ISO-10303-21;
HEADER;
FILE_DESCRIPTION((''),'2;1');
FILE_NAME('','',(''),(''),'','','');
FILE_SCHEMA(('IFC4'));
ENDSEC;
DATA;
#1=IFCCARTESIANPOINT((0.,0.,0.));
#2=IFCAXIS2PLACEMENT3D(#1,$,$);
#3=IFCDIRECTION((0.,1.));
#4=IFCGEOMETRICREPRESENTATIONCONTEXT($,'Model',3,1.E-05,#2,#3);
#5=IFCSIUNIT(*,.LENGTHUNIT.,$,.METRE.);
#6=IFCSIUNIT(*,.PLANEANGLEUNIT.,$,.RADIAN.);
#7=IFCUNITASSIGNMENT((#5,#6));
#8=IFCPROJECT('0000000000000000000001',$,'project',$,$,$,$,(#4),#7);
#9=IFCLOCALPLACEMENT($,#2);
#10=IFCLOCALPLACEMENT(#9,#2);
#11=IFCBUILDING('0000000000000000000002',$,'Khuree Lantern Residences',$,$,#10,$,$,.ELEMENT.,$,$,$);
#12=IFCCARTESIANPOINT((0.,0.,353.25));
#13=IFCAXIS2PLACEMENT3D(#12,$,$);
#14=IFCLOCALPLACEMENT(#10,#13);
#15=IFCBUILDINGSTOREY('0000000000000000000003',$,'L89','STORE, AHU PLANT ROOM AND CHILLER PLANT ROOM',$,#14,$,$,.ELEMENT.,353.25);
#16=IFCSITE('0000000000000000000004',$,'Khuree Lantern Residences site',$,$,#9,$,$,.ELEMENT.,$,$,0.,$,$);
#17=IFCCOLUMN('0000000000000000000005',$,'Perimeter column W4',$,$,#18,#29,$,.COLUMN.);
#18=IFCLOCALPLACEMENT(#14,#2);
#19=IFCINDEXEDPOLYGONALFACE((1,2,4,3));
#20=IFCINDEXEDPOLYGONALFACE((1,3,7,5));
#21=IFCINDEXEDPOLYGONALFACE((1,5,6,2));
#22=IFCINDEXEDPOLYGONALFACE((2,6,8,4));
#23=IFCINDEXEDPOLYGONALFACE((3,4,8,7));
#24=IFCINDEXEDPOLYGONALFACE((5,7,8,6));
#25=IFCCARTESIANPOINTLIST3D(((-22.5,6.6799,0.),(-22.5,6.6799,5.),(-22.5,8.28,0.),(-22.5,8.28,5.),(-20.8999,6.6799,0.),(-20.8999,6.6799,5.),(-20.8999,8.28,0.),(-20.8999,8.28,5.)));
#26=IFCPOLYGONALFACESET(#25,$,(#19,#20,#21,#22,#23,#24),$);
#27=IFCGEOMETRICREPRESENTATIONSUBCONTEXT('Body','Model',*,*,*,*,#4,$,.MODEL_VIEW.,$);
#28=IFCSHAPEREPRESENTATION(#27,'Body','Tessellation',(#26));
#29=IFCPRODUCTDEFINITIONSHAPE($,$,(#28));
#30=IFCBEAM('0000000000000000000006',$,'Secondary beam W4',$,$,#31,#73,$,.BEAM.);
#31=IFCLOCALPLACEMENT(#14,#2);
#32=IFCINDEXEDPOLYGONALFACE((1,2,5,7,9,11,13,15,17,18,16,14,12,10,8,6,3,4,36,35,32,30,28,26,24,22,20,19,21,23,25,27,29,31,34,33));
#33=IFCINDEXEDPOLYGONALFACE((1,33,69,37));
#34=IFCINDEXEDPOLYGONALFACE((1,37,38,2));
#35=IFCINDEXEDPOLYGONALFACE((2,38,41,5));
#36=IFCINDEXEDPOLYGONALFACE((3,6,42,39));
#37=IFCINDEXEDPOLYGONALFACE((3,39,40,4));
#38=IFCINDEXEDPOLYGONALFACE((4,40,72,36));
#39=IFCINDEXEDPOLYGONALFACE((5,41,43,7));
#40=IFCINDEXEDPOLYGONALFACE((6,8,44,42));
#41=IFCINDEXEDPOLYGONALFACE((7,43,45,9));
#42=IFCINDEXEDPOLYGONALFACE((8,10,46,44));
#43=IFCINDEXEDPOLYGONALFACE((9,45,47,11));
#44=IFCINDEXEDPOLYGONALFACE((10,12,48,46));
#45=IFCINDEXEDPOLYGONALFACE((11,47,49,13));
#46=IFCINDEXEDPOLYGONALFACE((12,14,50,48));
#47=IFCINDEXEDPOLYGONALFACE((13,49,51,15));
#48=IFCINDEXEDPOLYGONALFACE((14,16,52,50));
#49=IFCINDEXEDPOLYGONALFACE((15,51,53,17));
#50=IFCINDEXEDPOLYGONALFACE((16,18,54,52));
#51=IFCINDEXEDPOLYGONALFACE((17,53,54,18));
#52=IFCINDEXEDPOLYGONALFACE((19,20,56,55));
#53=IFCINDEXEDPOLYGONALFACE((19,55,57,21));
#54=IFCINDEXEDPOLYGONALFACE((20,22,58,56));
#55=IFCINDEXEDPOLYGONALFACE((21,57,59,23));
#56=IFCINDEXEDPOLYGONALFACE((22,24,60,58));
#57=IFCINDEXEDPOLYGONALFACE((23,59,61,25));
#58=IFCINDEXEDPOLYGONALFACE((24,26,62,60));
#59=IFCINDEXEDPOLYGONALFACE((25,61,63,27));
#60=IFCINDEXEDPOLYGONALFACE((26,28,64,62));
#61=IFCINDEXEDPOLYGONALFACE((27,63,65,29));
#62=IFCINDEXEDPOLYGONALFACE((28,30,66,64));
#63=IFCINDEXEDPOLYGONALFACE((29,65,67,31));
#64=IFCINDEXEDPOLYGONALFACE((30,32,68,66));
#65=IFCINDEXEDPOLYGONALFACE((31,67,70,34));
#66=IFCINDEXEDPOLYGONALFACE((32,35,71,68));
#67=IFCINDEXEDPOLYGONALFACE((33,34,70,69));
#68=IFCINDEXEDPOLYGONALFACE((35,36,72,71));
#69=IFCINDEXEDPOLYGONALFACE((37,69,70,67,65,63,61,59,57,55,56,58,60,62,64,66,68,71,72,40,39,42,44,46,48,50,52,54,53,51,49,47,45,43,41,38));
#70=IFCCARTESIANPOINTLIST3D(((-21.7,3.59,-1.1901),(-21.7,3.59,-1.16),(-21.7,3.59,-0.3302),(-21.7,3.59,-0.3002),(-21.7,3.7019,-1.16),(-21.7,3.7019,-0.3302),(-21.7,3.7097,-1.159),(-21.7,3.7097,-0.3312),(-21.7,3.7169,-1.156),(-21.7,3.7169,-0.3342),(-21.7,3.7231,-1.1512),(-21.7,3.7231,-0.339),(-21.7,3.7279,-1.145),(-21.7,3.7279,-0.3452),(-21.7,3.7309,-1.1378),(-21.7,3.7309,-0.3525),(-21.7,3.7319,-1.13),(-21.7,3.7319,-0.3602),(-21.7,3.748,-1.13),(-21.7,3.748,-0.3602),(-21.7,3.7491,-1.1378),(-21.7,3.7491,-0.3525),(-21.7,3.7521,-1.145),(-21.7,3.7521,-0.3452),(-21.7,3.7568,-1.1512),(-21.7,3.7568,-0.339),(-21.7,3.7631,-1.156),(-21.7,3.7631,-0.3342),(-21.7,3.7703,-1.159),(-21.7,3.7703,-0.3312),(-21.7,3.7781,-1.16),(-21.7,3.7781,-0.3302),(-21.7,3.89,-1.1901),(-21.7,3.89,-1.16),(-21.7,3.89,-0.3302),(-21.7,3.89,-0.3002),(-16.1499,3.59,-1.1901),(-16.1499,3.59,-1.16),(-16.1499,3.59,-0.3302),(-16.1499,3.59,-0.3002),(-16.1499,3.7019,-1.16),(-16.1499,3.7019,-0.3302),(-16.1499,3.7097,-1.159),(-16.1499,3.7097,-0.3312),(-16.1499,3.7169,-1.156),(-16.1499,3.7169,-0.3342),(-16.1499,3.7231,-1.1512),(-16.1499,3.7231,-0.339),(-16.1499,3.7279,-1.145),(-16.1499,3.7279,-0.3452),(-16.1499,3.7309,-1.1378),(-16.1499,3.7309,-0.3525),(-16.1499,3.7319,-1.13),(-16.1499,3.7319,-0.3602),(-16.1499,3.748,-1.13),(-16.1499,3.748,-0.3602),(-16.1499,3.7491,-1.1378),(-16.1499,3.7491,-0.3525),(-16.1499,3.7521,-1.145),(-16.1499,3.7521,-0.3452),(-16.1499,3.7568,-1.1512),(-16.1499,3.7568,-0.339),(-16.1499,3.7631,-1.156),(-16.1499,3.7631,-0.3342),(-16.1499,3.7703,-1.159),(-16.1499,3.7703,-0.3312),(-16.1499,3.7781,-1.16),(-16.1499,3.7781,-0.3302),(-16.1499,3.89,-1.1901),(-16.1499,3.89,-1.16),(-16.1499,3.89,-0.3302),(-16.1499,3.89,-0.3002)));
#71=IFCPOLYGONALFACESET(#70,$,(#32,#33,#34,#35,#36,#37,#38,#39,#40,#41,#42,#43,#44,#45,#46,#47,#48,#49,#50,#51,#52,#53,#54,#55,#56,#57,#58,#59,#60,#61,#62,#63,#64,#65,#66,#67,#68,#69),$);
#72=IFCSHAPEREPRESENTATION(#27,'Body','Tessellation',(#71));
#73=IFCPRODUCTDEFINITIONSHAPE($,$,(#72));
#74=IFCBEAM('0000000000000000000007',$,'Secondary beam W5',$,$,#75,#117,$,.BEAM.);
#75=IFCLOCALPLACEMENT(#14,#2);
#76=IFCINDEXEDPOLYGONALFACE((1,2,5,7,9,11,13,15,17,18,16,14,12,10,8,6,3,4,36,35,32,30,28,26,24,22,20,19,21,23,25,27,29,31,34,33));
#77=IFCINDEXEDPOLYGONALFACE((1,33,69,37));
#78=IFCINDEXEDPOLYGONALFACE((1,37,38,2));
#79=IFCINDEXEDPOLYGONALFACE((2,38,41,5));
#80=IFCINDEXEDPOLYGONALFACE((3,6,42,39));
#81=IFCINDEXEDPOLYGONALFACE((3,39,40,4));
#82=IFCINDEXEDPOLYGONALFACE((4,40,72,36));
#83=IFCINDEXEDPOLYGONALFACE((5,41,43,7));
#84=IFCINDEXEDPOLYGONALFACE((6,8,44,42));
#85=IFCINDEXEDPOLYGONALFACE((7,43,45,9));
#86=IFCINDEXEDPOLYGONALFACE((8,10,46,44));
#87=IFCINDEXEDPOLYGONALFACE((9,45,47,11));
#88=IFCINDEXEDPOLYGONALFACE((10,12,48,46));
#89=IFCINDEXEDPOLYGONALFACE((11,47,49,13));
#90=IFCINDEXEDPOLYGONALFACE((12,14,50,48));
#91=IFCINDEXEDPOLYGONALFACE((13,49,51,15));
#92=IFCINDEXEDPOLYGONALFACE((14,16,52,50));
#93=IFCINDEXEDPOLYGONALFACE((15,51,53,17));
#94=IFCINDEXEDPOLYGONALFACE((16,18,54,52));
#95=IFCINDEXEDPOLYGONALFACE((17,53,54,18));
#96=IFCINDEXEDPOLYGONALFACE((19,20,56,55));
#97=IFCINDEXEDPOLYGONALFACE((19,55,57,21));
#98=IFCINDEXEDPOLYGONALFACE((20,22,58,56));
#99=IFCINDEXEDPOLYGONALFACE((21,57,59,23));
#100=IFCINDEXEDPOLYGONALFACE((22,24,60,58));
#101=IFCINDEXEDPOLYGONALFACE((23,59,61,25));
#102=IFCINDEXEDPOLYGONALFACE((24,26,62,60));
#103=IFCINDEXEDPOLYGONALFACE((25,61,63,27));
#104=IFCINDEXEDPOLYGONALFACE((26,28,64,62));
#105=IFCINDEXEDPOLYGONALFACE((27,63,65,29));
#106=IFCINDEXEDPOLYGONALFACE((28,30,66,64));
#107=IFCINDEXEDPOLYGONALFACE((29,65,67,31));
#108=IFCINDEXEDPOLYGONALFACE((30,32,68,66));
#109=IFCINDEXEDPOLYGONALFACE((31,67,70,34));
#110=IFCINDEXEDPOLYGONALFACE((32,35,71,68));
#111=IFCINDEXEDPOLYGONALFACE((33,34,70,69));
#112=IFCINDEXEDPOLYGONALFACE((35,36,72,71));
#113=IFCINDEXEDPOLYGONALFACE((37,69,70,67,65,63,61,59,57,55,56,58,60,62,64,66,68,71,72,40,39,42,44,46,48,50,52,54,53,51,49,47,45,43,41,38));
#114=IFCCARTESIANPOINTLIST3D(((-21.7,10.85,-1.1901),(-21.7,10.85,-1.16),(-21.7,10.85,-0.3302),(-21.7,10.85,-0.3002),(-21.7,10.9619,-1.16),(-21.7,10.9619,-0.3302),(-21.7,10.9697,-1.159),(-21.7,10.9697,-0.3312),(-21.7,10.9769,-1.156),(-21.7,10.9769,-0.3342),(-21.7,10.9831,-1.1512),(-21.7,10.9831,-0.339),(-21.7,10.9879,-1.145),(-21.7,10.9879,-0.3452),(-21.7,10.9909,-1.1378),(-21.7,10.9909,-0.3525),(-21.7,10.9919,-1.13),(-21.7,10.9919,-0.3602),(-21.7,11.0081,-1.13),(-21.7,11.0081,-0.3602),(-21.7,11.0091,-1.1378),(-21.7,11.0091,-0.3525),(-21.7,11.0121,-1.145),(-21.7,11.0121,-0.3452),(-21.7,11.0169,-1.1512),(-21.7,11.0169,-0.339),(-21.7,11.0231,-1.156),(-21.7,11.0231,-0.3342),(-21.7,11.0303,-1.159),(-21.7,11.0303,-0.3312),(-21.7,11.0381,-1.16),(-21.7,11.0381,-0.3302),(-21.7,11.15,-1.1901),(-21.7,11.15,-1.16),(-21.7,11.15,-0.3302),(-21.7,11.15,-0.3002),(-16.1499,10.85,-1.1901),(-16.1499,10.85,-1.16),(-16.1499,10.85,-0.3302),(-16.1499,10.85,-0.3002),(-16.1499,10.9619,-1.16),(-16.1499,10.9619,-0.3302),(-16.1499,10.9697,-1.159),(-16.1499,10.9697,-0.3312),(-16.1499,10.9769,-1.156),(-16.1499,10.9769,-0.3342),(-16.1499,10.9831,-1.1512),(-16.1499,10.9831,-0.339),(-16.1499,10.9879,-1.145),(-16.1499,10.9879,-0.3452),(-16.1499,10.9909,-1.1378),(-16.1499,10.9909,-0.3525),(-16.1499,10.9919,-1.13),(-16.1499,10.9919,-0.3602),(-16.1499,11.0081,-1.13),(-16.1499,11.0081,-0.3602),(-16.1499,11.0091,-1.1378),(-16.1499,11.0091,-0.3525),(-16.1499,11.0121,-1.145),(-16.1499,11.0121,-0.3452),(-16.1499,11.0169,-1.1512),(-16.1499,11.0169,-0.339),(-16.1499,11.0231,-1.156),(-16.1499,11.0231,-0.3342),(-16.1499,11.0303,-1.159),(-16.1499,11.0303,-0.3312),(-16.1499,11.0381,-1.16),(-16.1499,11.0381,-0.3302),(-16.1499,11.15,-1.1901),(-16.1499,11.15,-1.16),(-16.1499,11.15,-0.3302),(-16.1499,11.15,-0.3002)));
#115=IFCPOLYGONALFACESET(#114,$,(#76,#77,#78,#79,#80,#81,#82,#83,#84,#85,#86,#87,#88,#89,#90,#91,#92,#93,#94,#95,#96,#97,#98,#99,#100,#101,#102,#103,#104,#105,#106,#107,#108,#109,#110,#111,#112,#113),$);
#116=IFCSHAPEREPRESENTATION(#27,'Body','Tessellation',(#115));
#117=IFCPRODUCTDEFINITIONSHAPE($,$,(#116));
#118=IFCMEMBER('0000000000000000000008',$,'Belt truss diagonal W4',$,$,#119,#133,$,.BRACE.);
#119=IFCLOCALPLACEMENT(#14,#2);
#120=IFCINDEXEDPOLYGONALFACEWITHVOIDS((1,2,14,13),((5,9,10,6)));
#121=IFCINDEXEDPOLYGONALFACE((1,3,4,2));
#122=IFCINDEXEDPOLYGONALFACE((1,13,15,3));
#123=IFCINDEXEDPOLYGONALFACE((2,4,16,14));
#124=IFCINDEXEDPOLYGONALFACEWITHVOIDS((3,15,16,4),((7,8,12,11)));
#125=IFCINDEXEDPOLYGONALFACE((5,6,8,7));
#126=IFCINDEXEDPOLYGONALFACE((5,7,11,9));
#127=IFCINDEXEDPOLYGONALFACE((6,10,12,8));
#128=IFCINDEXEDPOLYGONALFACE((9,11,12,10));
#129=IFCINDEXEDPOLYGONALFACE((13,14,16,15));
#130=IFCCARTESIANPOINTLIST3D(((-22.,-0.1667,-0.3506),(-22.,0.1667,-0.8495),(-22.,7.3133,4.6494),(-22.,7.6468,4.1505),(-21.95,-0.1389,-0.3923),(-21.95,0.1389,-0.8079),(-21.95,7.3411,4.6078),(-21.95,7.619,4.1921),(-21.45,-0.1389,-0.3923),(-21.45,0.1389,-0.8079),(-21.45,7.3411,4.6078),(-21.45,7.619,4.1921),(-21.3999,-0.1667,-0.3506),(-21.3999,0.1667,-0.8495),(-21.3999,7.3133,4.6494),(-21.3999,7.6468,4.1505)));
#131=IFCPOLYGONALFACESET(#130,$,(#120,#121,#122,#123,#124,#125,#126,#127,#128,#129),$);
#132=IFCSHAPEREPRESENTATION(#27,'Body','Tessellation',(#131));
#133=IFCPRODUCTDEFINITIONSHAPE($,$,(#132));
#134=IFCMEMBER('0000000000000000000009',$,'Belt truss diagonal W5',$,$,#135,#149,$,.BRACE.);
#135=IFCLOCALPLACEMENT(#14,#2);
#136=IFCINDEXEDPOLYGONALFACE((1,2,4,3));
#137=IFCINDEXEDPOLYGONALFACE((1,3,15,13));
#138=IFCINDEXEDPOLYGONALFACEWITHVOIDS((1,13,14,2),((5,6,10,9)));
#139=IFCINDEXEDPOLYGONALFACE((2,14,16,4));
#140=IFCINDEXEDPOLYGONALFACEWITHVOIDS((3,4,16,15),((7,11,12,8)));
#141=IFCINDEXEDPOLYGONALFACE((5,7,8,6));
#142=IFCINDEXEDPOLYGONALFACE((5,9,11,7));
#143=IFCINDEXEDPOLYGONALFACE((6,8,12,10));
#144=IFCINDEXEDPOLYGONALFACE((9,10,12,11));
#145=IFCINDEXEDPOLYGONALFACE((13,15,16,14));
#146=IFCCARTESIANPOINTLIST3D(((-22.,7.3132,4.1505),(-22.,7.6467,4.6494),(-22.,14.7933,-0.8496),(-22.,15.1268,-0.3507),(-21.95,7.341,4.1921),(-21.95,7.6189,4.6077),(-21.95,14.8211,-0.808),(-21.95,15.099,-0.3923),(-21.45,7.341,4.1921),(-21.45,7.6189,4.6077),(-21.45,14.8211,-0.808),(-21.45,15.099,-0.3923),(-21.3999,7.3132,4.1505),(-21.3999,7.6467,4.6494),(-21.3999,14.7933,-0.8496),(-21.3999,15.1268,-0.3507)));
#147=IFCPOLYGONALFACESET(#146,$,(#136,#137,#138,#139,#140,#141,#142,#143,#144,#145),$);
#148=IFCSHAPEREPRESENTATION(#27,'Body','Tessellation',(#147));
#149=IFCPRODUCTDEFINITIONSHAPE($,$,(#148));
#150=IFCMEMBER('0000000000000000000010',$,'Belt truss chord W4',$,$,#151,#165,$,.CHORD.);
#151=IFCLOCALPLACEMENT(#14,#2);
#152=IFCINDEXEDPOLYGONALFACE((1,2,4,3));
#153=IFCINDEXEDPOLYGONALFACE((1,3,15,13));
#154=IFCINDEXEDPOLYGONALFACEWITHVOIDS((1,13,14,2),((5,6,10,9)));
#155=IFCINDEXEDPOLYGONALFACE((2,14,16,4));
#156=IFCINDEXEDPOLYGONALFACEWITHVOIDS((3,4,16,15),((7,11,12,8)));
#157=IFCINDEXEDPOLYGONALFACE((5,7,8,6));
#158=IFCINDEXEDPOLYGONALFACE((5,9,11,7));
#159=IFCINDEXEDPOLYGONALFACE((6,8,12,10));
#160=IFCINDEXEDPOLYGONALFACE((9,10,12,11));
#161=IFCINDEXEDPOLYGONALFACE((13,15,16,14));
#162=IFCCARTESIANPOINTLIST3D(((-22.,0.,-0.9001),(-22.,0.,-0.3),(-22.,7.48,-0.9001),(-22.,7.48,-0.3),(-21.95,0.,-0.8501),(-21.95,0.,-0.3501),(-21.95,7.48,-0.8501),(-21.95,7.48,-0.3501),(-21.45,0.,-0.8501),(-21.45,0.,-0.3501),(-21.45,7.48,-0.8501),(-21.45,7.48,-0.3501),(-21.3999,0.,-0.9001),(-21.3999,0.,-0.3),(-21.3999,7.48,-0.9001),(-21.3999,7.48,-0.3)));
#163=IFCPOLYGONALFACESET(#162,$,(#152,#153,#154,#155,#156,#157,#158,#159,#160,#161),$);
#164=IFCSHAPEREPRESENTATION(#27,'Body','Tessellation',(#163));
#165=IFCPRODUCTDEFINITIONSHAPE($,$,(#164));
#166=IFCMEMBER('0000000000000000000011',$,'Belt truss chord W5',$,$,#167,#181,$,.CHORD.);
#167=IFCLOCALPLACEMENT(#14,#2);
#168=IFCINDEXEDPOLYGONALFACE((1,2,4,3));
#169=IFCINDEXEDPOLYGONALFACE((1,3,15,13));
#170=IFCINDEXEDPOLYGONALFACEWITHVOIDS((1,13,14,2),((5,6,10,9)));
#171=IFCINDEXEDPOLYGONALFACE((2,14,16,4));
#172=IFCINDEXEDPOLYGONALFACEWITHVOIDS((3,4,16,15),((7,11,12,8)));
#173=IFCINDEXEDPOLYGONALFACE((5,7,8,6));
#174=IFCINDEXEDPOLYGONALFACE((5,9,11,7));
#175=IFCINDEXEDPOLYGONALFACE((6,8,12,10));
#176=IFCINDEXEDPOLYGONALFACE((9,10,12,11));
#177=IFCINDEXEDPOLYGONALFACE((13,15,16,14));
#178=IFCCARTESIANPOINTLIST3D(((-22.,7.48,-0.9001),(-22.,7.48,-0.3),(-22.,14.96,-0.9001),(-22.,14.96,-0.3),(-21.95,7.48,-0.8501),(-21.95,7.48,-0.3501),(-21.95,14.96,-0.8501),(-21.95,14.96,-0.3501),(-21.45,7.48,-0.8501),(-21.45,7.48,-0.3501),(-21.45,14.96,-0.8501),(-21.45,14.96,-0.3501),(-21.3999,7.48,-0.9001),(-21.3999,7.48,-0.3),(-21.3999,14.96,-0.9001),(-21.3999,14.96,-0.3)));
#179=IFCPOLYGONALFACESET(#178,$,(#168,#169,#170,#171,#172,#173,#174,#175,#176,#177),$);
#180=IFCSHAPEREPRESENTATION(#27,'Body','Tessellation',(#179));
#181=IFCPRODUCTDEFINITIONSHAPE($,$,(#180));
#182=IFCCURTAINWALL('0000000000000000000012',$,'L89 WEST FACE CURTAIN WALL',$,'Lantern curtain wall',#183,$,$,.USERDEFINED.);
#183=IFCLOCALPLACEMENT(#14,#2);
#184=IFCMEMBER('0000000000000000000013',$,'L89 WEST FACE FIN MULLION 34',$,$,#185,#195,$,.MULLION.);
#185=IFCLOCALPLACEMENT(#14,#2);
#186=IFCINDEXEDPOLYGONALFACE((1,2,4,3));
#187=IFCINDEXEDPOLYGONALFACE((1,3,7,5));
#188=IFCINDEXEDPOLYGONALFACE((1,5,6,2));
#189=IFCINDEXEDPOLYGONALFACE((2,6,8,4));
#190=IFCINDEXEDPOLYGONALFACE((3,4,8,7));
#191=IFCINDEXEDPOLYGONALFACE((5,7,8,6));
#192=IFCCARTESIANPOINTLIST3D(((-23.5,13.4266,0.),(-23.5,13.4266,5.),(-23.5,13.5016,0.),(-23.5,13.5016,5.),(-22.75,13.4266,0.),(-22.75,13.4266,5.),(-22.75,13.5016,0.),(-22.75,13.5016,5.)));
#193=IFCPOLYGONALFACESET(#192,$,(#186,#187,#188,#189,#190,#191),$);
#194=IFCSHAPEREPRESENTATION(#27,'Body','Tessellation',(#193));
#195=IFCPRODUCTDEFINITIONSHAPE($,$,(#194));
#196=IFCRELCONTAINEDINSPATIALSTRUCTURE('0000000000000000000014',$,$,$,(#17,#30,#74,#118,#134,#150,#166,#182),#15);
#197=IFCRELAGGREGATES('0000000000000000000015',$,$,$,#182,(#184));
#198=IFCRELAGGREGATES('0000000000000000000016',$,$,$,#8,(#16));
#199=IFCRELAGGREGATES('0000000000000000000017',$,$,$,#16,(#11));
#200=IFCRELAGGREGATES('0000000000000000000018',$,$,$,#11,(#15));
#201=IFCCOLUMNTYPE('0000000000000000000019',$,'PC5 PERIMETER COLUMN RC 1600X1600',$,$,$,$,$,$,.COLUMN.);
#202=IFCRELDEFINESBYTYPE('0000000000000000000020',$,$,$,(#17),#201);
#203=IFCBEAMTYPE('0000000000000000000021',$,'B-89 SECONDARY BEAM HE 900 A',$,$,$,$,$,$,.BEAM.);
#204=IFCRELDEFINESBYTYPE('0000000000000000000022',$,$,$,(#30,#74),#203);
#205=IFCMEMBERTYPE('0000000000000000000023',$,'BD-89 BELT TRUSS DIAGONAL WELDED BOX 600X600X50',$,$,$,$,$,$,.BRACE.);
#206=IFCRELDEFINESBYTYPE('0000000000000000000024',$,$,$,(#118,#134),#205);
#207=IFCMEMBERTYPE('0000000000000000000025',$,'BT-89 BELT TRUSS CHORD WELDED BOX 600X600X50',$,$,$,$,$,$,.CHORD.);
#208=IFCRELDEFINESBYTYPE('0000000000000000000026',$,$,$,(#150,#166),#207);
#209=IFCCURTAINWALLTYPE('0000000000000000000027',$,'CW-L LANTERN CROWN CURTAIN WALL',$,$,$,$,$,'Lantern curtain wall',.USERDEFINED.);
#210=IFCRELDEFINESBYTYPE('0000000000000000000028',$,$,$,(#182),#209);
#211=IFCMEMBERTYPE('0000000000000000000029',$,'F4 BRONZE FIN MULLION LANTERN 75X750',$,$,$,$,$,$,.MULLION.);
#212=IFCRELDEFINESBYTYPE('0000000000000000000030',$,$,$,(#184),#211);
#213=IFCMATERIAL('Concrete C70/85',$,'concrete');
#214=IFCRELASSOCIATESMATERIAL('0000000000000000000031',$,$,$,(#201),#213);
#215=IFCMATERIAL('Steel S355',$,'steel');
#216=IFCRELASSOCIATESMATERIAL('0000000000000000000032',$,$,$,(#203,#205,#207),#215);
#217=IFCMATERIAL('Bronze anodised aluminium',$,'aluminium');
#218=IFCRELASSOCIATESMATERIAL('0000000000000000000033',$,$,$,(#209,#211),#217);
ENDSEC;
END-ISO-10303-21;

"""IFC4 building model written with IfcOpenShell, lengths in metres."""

from ifc_helpers import new_model, si_unit, direction, frame, origin, origin_2d, place, context, subcontext, project, spatial, rectangle, hollow_rectangle, i_section, extrude, material, material_profile, profile_set, type_object, element, aggregate, save


model = new_model("IFC4")

# Units and contexts
model_context = context("Model", 3, precision=1e-05, world=origin(), true_north=direction((0.0, 1.0)))
body_context = subcontext(model_context, "Body", "Model", "MODEL_VIEW")
ifc_project = project(units=[si_unit("LENGTHUNIT", "METRE"), si_unit("PLANEANGLEUNIT", "RADIAN")], contexts=[model_context])

# Site, building, storey
site_placement = place(None, origin())
site = spatial("IfcSite", under=ifc_project, at=site_placement, Name="Khuree Lantern Residences site", CompositionType="ELEMENT", RefElevation=0.0)
building_placement = place(site_placement, origin())
building = spatial("IfcBuilding", under=site, at=building_placement, Name="Khuree Lantern Residences", CompositionType="ELEMENT")
storey_placement = place(building_placement, frame((0.0, 0.0, 353.25)))
storey = spatial("IfcBuildingStorey", under=building, at=storey_placement, Name="L89", Description="STORE, AHU PLANT ROOM AND CHILLER PLANT ROOM", CompositionType="ELEMENT", Elevation=353.25)

# Column
ifc_material_1 = material(Name="Concrete C70/85", Category="concrete")
ifc_material_profile_1 = material_profile(ifc_material_1, rectangle(XDim=1.6001, YDim=1.6001, at=origin_2d()), Name="RC 1600X1600")
ifc_profile_set_1 = profile_set([ifc_material_profile_1], Name="Concrete C70/85")
column_type = type_object("IfcColumnType", Name="PC5 PERIMETER COLUMN RC 1600X1600", PredefinedType="COLUMN", material=ifc_profile_set_1)
column_placement = place(storey_placement, frame((-21.7, 7.48, 0.0), z_axis=(0.0, 0.0, 1.0), x_axis=(0.0, 1.0, 0.0)))
element("IfcColumn", 1, at=column_placement, inside=storey, type_object=column_type, Name="Perimeter column W4", PredefinedType="COLUMN", context=body_context, shape_type="SweptSolid", body=[
    extrude(rectangle(XDim=1.6001, YDim=1.6001, at=origin_2d()), origin(), (0.0, 0.0, 1.0), 5.0),
])

# Beams
ifc_material_2 = material(Name="Steel S355", Category="steel")
ifc_material_profile_2 = material_profile(ifc_material_2, i_section(OverallWidth=0.3, OverallDepth=0.8899, WebThickness=0.0161, FlangeThickness=0.03, FilletRadius=0.03, at=origin_2d()), Name="HE 900 A")
ifc_profile_set_2 = profile_set([ifc_material_profile_2], Name="Steel S355")
beam_type = type_object("IfcBeamType", Name="B-89 SECONDARY BEAM HE 900 A", PredefinedType="BEAM", material=ifc_profile_set_2)
for number, where, z_axis, x_axis, name in (
    (2, (-21.7, 3.74, -0.7451), (1.0, 0.0, 0.0), (0.0, 1.0, 0.0), "Secondary beam W4"),
    (3, (-21.7, 11.0, -0.7451), (1.0, 0.0, 0.0), (0.0, 1.0, 0.0), "Secondary beam W5"),
):
    element("IfcBeam", number, at=place(storey_placement, frame(where, z_axis=z_axis, x_axis=x_axis)), inside=storey, type_object=beam_type, Name=name, PredefinedType="BEAM", context=body_context, shape_type="SweptSolid", body=[
        extrude(i_section(OverallWidth=0.3, OverallDepth=0.8899, WebThickness=0.0161, FlangeThickness=0.03, FilletRadius=0.03, at=origin_2d()), origin(), (0.0, 0.0, 1.0), 5.55),
    ])

# Members
ifc_material_profile_3 = material_profile(ifc_material_2, hollow_rectangle(XDim=0.6001, YDim=0.6001, WallThickness=0.05, at=origin_2d()), Name="WELDED BOX 600X600X50")
ifc_profile_set_3 = profile_set([ifc_material_profile_3], Name="Steel S355")
member_type_1 = type_object("IfcMemberType", Name="BD-89 BELT TRUSS DIAGONAL WELDED BOX 600X600X50", PredefinedType="BRACE", material=ifc_profile_set_3)
for number, where, z_axis, x_axis, name in (
    (4, (-21.7, 0.0, -0.6001), (0.0, 0.831365, 0.555727), (-1.0, 0.0, 0.0), "Belt truss diagonal W4"),
    (5, (-21.7, 7.48, 4.3999), (0.0, 0.831365, -0.555727), (-1.0, 0.0, 0.0), "Belt truss diagonal W5"),
):
    element("IfcMember", number, at=place(storey_placement, frame(where, z_axis=z_axis, x_axis=x_axis)), inside=storey, type_object=member_type_1, Name=name, PredefinedType="BRACE", context=body_context, shape_type="SweptSolid", body=[
        extrude(hollow_rectangle(XDim=0.6001, YDim=0.6001, WallThickness=0.05, at=origin_2d()), origin(), (0.0, 0.0, 1.0), 8.9973),
    ])
ifc_material_profile_4 = material_profile(ifc_material_2, hollow_rectangle(XDim=0.6001, YDim=0.6001, WallThickness=0.05, at=origin_2d()), Name="WELDED BOX 600X600X50")
ifc_profile_set_4 = profile_set([ifc_material_profile_4], Name="Steel S355")
member_type_2 = type_object("IfcMemberType", Name="BT-89 BELT TRUSS CHORD WELDED BOX 600X600X50", PredefinedType="CHORD", material=ifc_profile_set_4)
for number, where, z_axis, x_axis, name in (
    (6, (-21.7, 0.0, -0.6001), (0.0, 1.0, 0.0), (-1.0, 0.0, 0.0), "Belt truss chord W4"),
    (7, (-21.7, 7.48, -0.6001), (0.0, 1.0, 0.0), (-1.0, 0.0, 0.0), "Belt truss chord W5"),
):
    element("IfcMember", number, at=place(storey_placement, frame(where, z_axis=z_axis, x_axis=x_axis)), inside=storey, type_object=member_type_2, Name=name, PredefinedType="CHORD", context=body_context, shape_type="SweptSolid", body=[
        extrude(hollow_rectangle(XDim=0.6001, YDim=0.6001, WallThickness=0.05, at=origin_2d()), origin(), (0.0, 0.0, 1.0), 7.48),
    ])

# Curtain wall, member
ifc_material_3 = material(Name="Bronze anodised aluminium", Category="aluminium")
curtain_wall_type = type_object("IfcCurtainWallType", Name="CW-L LANTERN CROWN CURTAIN WALL", ElementType="Lantern curtain wall", PredefinedType="USERDEFINED", material=ifc_material_3)
curtain_wall_placement = place(storey_placement, origin())
curtain_wall = element("IfcCurtainWall", 8, at=curtain_wall_placement, inside=storey, type_object=curtain_wall_type, Name="L89 WEST FACE CURTAIN WALL", ObjectType="Lantern curtain wall", PredefinedType="USERDEFINED")
ifc_material_profile_5 = material_profile(ifc_material_3, rectangle(XDim=0.075, YDim=0.75, at=origin_2d()), Name="F4 75X750")
ifc_profile_set_5 = profile_set([ifc_material_profile_5], Name="Bronze anodised aluminium")
member_type_3 = type_object("IfcMemberType", Name="F4 BRONZE FIN MULLION LANTERN 75X750", PredefinedType="MULLION", material=ifc_profile_set_5)
member_1_placement = place(storey_placement, frame((-23.125, 13.4641, 0.0), z_axis=(0.0, 0.0, 1.0), x_axis=(0.0, -1.0, 0.0)))
member_1 = element("IfcMember", 9, at=member_1_placement, type_object=member_type_3, Name="L89 WEST FACE FIN MULLION 34", PredefinedType="MULLION", context=body_context, shape_type="SweptSolid", body=[
    extrude(rectangle(XDim=0.075, YDim=0.75, at=origin_2d()), origin(), (0.0, 0.0, 1.0), 5.0),
])

aggregate(curtain_wall, [member_1])

save(model, "model.ifc")
